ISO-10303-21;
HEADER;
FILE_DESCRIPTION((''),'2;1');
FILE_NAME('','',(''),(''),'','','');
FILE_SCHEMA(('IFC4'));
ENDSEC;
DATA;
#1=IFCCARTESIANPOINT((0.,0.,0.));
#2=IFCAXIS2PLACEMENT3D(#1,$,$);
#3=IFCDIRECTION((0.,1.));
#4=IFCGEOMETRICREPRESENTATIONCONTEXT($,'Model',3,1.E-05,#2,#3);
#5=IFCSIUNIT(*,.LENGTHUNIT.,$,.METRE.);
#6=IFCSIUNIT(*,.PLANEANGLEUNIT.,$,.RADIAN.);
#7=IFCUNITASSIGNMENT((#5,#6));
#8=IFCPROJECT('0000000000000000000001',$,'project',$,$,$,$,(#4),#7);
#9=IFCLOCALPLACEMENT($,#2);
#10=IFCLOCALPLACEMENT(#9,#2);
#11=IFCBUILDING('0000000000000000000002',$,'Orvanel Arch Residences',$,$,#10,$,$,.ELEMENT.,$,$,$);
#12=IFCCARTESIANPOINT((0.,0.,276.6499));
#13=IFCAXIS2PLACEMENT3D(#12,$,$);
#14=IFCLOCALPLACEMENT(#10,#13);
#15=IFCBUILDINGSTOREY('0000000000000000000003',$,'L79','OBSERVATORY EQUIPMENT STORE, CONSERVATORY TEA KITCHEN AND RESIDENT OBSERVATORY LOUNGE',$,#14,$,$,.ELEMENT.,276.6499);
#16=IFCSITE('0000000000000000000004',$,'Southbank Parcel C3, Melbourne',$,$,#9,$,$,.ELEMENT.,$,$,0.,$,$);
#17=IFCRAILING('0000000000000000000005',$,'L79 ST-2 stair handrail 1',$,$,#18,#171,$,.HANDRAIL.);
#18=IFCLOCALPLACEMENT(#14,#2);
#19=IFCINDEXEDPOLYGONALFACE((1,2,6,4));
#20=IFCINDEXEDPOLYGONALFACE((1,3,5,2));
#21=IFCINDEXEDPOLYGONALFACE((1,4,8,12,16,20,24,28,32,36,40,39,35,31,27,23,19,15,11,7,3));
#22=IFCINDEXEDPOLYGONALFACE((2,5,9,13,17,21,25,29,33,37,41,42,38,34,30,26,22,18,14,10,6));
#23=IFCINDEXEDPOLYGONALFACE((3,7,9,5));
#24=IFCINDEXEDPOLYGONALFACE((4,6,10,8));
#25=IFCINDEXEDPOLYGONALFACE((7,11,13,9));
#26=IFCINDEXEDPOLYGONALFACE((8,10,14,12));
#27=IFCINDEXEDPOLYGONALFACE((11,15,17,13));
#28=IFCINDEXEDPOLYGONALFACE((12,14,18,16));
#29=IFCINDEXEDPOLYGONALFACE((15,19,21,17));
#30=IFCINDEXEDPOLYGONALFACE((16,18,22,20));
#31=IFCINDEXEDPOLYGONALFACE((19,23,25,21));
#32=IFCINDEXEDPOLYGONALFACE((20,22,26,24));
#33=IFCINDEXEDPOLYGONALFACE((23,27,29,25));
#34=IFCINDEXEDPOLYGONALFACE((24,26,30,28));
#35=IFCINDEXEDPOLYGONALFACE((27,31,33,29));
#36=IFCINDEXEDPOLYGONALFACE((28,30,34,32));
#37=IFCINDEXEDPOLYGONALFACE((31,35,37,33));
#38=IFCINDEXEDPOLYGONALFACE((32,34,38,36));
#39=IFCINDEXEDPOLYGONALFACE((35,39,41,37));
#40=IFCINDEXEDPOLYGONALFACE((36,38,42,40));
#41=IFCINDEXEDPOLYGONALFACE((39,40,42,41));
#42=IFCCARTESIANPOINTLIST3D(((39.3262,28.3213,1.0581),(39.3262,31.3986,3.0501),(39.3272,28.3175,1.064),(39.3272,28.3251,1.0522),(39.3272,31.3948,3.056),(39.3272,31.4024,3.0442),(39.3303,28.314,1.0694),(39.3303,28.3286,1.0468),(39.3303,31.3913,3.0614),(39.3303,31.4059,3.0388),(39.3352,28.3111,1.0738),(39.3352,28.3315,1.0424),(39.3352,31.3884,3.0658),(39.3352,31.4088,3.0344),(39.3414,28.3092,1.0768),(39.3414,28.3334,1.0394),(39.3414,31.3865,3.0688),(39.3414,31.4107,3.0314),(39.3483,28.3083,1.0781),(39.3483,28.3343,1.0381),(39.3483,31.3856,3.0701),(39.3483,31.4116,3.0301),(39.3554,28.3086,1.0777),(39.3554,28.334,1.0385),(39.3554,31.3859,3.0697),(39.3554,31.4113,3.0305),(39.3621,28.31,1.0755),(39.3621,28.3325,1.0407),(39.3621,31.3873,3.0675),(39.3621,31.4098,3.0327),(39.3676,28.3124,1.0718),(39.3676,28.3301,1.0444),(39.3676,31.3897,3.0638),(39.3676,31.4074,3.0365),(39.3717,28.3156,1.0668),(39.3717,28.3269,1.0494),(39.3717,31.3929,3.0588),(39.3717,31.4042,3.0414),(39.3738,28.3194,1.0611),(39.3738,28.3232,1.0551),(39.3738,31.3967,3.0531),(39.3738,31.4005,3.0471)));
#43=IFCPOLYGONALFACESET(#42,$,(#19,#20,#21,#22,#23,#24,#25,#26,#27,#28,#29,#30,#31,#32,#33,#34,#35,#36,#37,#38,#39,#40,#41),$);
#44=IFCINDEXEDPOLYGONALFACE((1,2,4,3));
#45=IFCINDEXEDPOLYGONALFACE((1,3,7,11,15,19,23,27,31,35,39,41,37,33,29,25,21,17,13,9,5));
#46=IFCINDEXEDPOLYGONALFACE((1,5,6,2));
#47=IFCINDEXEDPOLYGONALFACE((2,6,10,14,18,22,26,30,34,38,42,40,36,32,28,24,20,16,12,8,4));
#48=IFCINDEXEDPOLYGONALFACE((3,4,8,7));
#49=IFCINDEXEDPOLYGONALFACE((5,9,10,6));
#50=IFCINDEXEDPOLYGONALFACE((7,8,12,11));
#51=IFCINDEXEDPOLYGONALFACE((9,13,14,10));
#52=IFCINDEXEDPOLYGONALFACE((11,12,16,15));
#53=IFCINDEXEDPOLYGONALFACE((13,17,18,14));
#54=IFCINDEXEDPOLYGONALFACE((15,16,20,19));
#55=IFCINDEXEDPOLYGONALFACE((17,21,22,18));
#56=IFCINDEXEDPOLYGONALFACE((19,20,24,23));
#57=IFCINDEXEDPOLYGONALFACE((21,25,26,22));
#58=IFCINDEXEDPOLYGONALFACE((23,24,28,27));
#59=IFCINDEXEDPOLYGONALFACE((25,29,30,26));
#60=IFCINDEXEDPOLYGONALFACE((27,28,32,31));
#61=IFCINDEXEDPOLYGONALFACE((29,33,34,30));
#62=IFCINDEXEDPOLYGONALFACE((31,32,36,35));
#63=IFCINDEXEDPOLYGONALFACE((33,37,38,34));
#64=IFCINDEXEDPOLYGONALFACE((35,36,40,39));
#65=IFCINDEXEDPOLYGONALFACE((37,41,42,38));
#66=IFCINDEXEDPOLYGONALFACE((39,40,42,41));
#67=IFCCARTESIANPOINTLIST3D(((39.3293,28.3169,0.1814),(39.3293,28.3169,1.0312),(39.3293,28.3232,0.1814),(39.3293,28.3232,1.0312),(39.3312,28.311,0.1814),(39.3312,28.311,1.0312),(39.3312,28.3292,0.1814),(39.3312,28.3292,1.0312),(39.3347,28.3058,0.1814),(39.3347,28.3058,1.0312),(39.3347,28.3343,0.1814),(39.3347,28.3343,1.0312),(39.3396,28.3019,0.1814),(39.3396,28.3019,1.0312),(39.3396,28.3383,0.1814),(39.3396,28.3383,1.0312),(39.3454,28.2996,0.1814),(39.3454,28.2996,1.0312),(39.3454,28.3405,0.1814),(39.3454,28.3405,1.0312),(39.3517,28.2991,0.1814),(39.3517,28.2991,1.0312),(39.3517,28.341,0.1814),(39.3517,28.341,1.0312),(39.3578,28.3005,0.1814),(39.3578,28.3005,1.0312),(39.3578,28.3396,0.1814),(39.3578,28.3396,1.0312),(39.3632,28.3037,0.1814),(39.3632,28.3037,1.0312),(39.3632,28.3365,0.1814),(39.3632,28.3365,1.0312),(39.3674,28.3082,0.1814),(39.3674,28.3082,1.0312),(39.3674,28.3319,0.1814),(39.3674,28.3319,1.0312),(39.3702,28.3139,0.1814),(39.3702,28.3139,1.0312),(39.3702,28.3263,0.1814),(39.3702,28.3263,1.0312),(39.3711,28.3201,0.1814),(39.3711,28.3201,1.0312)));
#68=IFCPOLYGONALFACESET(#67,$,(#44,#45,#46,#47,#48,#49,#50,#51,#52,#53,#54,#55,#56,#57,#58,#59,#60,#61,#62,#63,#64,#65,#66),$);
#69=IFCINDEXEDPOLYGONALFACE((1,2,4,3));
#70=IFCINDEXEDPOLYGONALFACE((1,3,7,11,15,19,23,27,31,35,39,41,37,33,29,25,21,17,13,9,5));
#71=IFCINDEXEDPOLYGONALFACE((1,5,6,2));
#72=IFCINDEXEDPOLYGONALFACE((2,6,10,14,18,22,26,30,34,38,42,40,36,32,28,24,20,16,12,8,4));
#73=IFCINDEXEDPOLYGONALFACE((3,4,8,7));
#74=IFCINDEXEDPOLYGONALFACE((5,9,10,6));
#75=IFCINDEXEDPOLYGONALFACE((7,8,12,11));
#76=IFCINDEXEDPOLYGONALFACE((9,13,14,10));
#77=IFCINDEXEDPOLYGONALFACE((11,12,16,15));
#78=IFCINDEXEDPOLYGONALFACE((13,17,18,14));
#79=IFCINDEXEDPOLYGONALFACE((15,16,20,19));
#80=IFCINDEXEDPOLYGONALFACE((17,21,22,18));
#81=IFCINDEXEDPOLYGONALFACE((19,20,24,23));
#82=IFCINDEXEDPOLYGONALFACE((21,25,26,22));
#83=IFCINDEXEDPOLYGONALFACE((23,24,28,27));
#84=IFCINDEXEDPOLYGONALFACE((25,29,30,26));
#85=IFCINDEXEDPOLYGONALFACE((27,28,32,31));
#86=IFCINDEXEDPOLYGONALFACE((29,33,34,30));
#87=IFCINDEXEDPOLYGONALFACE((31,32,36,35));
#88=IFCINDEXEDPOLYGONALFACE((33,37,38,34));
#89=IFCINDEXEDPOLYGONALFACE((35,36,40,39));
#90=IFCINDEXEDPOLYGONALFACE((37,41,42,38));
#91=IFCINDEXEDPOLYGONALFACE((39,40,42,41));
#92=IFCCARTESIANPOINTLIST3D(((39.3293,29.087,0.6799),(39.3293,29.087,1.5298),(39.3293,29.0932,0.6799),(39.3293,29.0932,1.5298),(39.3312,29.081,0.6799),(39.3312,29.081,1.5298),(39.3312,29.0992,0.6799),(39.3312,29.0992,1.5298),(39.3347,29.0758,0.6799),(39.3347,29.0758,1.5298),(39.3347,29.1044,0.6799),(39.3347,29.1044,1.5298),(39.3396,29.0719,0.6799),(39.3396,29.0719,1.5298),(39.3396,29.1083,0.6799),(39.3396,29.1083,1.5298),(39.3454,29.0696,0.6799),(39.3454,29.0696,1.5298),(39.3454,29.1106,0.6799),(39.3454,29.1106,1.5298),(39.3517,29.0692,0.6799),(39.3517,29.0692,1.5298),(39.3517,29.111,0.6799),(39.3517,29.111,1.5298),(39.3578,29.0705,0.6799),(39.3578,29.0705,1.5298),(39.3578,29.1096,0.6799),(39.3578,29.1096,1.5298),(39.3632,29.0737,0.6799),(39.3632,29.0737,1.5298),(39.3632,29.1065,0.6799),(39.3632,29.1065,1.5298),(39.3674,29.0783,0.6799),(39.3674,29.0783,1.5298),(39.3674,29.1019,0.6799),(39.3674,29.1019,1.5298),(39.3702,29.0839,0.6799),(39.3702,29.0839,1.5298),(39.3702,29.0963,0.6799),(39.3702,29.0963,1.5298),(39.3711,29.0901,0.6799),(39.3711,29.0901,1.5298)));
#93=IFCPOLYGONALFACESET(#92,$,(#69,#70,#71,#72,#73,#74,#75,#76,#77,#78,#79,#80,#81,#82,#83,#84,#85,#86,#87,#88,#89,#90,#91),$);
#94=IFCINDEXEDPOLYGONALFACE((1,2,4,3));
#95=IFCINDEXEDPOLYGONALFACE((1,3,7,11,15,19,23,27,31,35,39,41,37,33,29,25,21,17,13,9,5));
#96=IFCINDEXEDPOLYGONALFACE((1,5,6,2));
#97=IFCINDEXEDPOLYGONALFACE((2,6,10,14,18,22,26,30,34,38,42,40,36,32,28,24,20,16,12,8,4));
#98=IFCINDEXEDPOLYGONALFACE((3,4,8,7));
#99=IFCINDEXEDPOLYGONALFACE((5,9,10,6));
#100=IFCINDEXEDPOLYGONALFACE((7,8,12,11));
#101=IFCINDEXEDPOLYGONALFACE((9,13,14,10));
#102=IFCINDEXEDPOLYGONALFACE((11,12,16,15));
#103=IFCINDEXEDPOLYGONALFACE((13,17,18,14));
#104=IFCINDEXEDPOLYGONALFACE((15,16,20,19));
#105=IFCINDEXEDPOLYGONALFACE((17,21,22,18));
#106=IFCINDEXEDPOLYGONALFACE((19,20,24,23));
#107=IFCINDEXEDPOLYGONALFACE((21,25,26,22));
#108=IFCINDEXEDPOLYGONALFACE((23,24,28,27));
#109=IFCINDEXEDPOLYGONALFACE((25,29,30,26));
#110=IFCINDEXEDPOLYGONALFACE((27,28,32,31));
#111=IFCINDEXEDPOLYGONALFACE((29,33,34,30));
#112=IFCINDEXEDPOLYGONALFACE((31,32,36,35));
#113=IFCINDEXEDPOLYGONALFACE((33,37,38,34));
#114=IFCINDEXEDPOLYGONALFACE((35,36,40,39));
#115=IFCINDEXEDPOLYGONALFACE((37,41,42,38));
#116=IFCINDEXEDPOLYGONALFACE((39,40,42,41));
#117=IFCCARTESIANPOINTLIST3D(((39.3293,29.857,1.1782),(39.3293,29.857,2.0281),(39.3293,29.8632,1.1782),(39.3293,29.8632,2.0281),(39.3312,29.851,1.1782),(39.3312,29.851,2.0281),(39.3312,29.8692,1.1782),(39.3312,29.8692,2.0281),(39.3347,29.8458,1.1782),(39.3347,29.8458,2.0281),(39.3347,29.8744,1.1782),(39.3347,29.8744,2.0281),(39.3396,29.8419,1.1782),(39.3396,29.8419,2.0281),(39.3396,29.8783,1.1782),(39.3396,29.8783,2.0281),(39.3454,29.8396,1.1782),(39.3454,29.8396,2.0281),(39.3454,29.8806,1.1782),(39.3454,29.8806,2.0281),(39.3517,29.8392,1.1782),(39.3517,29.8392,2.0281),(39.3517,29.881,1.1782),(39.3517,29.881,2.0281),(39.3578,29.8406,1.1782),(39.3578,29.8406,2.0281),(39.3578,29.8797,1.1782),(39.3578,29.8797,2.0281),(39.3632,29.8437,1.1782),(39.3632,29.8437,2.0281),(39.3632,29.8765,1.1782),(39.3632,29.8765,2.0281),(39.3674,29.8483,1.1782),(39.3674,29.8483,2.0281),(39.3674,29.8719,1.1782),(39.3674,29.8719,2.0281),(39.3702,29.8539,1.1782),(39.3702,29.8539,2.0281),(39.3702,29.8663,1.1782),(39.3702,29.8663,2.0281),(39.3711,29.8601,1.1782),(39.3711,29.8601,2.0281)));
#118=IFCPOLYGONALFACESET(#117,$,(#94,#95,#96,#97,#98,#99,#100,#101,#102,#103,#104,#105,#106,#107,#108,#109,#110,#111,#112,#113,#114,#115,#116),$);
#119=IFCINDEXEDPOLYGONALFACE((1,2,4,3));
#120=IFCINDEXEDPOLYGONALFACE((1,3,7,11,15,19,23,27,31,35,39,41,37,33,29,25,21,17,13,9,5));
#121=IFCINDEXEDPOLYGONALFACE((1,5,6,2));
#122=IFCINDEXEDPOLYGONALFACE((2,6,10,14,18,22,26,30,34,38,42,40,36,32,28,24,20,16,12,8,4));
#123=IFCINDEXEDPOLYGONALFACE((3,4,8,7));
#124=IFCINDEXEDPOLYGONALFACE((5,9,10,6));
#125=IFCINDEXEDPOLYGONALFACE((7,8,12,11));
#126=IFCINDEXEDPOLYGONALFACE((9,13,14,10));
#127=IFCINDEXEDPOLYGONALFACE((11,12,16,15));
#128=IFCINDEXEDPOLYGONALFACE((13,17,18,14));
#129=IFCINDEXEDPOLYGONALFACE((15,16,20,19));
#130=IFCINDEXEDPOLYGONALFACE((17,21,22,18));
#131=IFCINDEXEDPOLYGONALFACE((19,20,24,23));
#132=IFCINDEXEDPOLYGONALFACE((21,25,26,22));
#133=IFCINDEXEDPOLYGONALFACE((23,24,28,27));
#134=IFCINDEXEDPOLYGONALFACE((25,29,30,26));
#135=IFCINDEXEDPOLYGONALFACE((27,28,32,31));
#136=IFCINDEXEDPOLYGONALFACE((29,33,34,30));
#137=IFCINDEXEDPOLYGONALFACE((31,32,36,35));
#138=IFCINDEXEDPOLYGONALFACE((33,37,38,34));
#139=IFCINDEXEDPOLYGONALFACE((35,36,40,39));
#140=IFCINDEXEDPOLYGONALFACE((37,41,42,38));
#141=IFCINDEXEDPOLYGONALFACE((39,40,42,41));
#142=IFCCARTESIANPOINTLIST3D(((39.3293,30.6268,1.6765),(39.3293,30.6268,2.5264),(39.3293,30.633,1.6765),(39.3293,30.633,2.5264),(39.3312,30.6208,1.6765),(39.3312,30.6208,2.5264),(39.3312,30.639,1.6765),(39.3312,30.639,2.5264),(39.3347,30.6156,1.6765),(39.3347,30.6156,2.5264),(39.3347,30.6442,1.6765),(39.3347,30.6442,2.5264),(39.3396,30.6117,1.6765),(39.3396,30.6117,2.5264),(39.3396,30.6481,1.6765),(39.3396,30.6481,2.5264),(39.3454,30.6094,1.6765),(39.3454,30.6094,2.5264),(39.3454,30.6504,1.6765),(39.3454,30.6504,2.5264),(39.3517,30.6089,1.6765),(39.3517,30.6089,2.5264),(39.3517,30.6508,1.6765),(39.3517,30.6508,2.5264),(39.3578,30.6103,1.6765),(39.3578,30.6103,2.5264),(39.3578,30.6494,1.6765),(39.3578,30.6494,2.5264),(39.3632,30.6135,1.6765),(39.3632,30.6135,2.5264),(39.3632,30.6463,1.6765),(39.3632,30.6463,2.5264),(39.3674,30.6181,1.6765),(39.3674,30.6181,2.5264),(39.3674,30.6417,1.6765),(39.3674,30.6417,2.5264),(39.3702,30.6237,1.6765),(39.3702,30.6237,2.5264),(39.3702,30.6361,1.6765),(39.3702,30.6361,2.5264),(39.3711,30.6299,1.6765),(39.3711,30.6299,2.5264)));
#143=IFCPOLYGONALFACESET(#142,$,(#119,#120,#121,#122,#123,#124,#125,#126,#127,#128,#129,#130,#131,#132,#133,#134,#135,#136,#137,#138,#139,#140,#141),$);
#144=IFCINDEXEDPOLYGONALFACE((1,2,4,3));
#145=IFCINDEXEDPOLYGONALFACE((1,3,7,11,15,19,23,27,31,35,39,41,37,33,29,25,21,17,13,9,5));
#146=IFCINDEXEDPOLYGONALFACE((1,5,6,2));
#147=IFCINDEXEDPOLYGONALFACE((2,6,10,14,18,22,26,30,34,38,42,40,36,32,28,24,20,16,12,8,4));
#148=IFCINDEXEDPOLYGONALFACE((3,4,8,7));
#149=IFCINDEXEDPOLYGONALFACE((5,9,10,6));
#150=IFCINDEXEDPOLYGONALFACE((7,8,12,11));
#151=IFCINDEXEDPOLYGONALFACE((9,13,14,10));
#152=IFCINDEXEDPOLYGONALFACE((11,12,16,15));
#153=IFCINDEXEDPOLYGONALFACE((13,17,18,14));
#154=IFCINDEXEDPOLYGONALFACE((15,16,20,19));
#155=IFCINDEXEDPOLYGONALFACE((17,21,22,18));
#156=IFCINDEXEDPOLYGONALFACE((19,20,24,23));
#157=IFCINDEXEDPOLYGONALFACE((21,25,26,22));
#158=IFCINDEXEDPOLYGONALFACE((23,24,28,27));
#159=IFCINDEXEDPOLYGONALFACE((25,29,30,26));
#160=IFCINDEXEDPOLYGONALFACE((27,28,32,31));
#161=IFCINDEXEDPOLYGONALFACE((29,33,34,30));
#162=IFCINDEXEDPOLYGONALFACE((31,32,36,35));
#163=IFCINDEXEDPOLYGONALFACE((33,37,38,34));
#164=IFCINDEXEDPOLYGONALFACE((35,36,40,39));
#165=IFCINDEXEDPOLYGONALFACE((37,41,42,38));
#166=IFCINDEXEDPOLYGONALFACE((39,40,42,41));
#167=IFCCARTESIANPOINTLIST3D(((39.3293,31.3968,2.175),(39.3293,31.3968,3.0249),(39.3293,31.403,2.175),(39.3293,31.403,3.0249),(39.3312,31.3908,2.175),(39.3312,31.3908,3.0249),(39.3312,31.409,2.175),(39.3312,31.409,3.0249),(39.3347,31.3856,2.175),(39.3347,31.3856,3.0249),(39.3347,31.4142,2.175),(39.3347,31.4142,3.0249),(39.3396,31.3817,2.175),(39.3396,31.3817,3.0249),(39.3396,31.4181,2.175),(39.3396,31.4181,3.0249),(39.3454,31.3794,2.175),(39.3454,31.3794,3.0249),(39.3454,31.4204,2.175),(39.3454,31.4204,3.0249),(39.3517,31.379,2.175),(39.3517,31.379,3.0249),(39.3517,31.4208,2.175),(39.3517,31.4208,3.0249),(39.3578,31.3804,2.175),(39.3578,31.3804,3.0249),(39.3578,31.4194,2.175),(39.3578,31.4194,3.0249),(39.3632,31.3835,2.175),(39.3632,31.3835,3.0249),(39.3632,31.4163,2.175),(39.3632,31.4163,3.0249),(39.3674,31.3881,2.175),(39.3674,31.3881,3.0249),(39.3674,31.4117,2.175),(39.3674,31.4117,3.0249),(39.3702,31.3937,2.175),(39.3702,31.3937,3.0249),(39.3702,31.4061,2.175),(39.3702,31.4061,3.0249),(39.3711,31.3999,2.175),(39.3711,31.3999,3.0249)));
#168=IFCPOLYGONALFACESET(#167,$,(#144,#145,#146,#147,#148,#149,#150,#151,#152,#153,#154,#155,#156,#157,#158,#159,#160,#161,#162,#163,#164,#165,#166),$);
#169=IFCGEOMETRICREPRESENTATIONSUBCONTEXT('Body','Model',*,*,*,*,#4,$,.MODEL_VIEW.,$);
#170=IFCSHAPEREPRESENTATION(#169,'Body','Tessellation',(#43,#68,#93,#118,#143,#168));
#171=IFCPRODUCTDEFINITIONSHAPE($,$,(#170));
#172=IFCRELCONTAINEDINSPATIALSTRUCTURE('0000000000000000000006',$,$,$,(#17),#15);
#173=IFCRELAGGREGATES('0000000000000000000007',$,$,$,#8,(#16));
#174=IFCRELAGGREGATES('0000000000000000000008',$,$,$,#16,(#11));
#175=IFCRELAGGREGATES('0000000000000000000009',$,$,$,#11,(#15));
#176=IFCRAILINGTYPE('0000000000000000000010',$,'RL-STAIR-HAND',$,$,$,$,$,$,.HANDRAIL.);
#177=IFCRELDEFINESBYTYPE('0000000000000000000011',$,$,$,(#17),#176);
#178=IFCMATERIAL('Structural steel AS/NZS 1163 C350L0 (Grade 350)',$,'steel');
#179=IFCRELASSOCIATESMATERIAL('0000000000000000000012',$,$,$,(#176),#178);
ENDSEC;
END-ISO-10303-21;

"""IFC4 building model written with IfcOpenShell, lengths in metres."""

from ifc_helpers import new_model, si_unit, direction, frame, origin, origin_2d, place, context, subcontext, project, spatial, circle, extrude, material, type_object, element, save


model = new_model("IFC4")

# Units and contexts
model_context = context("Model", 3, precision=1e-05, world=origin(), true_north=direction((0.0, 1.0)))
body_context = subcontext(model_context, "Body", "Model", "MODEL_VIEW")
ifc_project = project(units=[si_unit("LENGTHUNIT", "METRE"), si_unit("PLANEANGLEUNIT", "RADIAN")], contexts=[model_context])

# Site, building, storey
site_placement = place(None, origin())
site = spatial("IfcSite", under=ifc_project, at=site_placement, Name="Southbank Parcel C3, Melbourne", CompositionType="ELEMENT", RefElevation=0.0)
building_placement = place(site_placement, origin())
building = spatial("IfcBuilding", under=site, at=building_placement, Name="Orvanel Arch Residences", CompositionType="ELEMENT")
storey_placement = place(building_placement, frame((0.0, 0.0, 276.6499)))
storey = spatial("IfcBuildingStorey", under=building, at=storey_placement, Name="L79", Description="OBSERVATORY EQUIPMENT STORE, CONSERVATORY TEA KITCHEN AND RESIDENT OBSERVATORY LOUNGE", CompositionType="ELEMENT", Elevation=276.6499)

# Shared definitions
ifc_material_1 = material(Name="Structural steel AS/NZS 1163 C350L0 (Grade 350)", Category="steel")

# Railing
railing_type_1 = type_object("IfcRailingType", Name="RL-STAIR-HAND", PredefinedType="HANDRAIL", material=ifc_material_1)
railing_1_placement = place(storey_placement, frame((39.3501, 28.3201, 0.1814)))
element("IfcRailing", 1, at=railing_1_placement, inside=storey, type_object=railing_type_1, Name="L79 ST-2 stair handrail 1", PredefinedType="HANDRAIL", context=body_context, shape_type="SweptSolid", body=[
    extrude(circle(Radius=0.0239, at=origin_2d()), frame((0.0, 0.0012, 0.8767), z_axis=(0.0, 0.839468, 0.543409), x_axis=(-1.0, 0.0, 0.0)), (0.0, 0.0, 1.0), 3.6658),
    extrude(circle(Radius=0.021, at=origin_2d()), origin(), (0.0, 0.0, 1.0), 0.8499),
    extrude(circle(Radius=0.021, at=origin_2d()), frame((0.0, 0.77, 0.4985)), (0.0, 0.0, 1.0), 0.8499),
    extrude(circle(Radius=0.021, at=origin_2d()), frame((0.0, 1.54, 0.9968)), (0.0, 0.0, 1.0), 0.8499),
    extrude(circle(Radius=0.021, at=origin_2d()), frame((0.0, 2.3098, 1.4951)), (0.0, 0.0, 1.0), 0.8499),
    extrude(circle(Radius=0.021, at=origin_2d()), frame((0.0, 3.0798, 1.9937)), (0.0, 0.0, 1.0), 0.8499),
])

save(model, "model.ifc")
